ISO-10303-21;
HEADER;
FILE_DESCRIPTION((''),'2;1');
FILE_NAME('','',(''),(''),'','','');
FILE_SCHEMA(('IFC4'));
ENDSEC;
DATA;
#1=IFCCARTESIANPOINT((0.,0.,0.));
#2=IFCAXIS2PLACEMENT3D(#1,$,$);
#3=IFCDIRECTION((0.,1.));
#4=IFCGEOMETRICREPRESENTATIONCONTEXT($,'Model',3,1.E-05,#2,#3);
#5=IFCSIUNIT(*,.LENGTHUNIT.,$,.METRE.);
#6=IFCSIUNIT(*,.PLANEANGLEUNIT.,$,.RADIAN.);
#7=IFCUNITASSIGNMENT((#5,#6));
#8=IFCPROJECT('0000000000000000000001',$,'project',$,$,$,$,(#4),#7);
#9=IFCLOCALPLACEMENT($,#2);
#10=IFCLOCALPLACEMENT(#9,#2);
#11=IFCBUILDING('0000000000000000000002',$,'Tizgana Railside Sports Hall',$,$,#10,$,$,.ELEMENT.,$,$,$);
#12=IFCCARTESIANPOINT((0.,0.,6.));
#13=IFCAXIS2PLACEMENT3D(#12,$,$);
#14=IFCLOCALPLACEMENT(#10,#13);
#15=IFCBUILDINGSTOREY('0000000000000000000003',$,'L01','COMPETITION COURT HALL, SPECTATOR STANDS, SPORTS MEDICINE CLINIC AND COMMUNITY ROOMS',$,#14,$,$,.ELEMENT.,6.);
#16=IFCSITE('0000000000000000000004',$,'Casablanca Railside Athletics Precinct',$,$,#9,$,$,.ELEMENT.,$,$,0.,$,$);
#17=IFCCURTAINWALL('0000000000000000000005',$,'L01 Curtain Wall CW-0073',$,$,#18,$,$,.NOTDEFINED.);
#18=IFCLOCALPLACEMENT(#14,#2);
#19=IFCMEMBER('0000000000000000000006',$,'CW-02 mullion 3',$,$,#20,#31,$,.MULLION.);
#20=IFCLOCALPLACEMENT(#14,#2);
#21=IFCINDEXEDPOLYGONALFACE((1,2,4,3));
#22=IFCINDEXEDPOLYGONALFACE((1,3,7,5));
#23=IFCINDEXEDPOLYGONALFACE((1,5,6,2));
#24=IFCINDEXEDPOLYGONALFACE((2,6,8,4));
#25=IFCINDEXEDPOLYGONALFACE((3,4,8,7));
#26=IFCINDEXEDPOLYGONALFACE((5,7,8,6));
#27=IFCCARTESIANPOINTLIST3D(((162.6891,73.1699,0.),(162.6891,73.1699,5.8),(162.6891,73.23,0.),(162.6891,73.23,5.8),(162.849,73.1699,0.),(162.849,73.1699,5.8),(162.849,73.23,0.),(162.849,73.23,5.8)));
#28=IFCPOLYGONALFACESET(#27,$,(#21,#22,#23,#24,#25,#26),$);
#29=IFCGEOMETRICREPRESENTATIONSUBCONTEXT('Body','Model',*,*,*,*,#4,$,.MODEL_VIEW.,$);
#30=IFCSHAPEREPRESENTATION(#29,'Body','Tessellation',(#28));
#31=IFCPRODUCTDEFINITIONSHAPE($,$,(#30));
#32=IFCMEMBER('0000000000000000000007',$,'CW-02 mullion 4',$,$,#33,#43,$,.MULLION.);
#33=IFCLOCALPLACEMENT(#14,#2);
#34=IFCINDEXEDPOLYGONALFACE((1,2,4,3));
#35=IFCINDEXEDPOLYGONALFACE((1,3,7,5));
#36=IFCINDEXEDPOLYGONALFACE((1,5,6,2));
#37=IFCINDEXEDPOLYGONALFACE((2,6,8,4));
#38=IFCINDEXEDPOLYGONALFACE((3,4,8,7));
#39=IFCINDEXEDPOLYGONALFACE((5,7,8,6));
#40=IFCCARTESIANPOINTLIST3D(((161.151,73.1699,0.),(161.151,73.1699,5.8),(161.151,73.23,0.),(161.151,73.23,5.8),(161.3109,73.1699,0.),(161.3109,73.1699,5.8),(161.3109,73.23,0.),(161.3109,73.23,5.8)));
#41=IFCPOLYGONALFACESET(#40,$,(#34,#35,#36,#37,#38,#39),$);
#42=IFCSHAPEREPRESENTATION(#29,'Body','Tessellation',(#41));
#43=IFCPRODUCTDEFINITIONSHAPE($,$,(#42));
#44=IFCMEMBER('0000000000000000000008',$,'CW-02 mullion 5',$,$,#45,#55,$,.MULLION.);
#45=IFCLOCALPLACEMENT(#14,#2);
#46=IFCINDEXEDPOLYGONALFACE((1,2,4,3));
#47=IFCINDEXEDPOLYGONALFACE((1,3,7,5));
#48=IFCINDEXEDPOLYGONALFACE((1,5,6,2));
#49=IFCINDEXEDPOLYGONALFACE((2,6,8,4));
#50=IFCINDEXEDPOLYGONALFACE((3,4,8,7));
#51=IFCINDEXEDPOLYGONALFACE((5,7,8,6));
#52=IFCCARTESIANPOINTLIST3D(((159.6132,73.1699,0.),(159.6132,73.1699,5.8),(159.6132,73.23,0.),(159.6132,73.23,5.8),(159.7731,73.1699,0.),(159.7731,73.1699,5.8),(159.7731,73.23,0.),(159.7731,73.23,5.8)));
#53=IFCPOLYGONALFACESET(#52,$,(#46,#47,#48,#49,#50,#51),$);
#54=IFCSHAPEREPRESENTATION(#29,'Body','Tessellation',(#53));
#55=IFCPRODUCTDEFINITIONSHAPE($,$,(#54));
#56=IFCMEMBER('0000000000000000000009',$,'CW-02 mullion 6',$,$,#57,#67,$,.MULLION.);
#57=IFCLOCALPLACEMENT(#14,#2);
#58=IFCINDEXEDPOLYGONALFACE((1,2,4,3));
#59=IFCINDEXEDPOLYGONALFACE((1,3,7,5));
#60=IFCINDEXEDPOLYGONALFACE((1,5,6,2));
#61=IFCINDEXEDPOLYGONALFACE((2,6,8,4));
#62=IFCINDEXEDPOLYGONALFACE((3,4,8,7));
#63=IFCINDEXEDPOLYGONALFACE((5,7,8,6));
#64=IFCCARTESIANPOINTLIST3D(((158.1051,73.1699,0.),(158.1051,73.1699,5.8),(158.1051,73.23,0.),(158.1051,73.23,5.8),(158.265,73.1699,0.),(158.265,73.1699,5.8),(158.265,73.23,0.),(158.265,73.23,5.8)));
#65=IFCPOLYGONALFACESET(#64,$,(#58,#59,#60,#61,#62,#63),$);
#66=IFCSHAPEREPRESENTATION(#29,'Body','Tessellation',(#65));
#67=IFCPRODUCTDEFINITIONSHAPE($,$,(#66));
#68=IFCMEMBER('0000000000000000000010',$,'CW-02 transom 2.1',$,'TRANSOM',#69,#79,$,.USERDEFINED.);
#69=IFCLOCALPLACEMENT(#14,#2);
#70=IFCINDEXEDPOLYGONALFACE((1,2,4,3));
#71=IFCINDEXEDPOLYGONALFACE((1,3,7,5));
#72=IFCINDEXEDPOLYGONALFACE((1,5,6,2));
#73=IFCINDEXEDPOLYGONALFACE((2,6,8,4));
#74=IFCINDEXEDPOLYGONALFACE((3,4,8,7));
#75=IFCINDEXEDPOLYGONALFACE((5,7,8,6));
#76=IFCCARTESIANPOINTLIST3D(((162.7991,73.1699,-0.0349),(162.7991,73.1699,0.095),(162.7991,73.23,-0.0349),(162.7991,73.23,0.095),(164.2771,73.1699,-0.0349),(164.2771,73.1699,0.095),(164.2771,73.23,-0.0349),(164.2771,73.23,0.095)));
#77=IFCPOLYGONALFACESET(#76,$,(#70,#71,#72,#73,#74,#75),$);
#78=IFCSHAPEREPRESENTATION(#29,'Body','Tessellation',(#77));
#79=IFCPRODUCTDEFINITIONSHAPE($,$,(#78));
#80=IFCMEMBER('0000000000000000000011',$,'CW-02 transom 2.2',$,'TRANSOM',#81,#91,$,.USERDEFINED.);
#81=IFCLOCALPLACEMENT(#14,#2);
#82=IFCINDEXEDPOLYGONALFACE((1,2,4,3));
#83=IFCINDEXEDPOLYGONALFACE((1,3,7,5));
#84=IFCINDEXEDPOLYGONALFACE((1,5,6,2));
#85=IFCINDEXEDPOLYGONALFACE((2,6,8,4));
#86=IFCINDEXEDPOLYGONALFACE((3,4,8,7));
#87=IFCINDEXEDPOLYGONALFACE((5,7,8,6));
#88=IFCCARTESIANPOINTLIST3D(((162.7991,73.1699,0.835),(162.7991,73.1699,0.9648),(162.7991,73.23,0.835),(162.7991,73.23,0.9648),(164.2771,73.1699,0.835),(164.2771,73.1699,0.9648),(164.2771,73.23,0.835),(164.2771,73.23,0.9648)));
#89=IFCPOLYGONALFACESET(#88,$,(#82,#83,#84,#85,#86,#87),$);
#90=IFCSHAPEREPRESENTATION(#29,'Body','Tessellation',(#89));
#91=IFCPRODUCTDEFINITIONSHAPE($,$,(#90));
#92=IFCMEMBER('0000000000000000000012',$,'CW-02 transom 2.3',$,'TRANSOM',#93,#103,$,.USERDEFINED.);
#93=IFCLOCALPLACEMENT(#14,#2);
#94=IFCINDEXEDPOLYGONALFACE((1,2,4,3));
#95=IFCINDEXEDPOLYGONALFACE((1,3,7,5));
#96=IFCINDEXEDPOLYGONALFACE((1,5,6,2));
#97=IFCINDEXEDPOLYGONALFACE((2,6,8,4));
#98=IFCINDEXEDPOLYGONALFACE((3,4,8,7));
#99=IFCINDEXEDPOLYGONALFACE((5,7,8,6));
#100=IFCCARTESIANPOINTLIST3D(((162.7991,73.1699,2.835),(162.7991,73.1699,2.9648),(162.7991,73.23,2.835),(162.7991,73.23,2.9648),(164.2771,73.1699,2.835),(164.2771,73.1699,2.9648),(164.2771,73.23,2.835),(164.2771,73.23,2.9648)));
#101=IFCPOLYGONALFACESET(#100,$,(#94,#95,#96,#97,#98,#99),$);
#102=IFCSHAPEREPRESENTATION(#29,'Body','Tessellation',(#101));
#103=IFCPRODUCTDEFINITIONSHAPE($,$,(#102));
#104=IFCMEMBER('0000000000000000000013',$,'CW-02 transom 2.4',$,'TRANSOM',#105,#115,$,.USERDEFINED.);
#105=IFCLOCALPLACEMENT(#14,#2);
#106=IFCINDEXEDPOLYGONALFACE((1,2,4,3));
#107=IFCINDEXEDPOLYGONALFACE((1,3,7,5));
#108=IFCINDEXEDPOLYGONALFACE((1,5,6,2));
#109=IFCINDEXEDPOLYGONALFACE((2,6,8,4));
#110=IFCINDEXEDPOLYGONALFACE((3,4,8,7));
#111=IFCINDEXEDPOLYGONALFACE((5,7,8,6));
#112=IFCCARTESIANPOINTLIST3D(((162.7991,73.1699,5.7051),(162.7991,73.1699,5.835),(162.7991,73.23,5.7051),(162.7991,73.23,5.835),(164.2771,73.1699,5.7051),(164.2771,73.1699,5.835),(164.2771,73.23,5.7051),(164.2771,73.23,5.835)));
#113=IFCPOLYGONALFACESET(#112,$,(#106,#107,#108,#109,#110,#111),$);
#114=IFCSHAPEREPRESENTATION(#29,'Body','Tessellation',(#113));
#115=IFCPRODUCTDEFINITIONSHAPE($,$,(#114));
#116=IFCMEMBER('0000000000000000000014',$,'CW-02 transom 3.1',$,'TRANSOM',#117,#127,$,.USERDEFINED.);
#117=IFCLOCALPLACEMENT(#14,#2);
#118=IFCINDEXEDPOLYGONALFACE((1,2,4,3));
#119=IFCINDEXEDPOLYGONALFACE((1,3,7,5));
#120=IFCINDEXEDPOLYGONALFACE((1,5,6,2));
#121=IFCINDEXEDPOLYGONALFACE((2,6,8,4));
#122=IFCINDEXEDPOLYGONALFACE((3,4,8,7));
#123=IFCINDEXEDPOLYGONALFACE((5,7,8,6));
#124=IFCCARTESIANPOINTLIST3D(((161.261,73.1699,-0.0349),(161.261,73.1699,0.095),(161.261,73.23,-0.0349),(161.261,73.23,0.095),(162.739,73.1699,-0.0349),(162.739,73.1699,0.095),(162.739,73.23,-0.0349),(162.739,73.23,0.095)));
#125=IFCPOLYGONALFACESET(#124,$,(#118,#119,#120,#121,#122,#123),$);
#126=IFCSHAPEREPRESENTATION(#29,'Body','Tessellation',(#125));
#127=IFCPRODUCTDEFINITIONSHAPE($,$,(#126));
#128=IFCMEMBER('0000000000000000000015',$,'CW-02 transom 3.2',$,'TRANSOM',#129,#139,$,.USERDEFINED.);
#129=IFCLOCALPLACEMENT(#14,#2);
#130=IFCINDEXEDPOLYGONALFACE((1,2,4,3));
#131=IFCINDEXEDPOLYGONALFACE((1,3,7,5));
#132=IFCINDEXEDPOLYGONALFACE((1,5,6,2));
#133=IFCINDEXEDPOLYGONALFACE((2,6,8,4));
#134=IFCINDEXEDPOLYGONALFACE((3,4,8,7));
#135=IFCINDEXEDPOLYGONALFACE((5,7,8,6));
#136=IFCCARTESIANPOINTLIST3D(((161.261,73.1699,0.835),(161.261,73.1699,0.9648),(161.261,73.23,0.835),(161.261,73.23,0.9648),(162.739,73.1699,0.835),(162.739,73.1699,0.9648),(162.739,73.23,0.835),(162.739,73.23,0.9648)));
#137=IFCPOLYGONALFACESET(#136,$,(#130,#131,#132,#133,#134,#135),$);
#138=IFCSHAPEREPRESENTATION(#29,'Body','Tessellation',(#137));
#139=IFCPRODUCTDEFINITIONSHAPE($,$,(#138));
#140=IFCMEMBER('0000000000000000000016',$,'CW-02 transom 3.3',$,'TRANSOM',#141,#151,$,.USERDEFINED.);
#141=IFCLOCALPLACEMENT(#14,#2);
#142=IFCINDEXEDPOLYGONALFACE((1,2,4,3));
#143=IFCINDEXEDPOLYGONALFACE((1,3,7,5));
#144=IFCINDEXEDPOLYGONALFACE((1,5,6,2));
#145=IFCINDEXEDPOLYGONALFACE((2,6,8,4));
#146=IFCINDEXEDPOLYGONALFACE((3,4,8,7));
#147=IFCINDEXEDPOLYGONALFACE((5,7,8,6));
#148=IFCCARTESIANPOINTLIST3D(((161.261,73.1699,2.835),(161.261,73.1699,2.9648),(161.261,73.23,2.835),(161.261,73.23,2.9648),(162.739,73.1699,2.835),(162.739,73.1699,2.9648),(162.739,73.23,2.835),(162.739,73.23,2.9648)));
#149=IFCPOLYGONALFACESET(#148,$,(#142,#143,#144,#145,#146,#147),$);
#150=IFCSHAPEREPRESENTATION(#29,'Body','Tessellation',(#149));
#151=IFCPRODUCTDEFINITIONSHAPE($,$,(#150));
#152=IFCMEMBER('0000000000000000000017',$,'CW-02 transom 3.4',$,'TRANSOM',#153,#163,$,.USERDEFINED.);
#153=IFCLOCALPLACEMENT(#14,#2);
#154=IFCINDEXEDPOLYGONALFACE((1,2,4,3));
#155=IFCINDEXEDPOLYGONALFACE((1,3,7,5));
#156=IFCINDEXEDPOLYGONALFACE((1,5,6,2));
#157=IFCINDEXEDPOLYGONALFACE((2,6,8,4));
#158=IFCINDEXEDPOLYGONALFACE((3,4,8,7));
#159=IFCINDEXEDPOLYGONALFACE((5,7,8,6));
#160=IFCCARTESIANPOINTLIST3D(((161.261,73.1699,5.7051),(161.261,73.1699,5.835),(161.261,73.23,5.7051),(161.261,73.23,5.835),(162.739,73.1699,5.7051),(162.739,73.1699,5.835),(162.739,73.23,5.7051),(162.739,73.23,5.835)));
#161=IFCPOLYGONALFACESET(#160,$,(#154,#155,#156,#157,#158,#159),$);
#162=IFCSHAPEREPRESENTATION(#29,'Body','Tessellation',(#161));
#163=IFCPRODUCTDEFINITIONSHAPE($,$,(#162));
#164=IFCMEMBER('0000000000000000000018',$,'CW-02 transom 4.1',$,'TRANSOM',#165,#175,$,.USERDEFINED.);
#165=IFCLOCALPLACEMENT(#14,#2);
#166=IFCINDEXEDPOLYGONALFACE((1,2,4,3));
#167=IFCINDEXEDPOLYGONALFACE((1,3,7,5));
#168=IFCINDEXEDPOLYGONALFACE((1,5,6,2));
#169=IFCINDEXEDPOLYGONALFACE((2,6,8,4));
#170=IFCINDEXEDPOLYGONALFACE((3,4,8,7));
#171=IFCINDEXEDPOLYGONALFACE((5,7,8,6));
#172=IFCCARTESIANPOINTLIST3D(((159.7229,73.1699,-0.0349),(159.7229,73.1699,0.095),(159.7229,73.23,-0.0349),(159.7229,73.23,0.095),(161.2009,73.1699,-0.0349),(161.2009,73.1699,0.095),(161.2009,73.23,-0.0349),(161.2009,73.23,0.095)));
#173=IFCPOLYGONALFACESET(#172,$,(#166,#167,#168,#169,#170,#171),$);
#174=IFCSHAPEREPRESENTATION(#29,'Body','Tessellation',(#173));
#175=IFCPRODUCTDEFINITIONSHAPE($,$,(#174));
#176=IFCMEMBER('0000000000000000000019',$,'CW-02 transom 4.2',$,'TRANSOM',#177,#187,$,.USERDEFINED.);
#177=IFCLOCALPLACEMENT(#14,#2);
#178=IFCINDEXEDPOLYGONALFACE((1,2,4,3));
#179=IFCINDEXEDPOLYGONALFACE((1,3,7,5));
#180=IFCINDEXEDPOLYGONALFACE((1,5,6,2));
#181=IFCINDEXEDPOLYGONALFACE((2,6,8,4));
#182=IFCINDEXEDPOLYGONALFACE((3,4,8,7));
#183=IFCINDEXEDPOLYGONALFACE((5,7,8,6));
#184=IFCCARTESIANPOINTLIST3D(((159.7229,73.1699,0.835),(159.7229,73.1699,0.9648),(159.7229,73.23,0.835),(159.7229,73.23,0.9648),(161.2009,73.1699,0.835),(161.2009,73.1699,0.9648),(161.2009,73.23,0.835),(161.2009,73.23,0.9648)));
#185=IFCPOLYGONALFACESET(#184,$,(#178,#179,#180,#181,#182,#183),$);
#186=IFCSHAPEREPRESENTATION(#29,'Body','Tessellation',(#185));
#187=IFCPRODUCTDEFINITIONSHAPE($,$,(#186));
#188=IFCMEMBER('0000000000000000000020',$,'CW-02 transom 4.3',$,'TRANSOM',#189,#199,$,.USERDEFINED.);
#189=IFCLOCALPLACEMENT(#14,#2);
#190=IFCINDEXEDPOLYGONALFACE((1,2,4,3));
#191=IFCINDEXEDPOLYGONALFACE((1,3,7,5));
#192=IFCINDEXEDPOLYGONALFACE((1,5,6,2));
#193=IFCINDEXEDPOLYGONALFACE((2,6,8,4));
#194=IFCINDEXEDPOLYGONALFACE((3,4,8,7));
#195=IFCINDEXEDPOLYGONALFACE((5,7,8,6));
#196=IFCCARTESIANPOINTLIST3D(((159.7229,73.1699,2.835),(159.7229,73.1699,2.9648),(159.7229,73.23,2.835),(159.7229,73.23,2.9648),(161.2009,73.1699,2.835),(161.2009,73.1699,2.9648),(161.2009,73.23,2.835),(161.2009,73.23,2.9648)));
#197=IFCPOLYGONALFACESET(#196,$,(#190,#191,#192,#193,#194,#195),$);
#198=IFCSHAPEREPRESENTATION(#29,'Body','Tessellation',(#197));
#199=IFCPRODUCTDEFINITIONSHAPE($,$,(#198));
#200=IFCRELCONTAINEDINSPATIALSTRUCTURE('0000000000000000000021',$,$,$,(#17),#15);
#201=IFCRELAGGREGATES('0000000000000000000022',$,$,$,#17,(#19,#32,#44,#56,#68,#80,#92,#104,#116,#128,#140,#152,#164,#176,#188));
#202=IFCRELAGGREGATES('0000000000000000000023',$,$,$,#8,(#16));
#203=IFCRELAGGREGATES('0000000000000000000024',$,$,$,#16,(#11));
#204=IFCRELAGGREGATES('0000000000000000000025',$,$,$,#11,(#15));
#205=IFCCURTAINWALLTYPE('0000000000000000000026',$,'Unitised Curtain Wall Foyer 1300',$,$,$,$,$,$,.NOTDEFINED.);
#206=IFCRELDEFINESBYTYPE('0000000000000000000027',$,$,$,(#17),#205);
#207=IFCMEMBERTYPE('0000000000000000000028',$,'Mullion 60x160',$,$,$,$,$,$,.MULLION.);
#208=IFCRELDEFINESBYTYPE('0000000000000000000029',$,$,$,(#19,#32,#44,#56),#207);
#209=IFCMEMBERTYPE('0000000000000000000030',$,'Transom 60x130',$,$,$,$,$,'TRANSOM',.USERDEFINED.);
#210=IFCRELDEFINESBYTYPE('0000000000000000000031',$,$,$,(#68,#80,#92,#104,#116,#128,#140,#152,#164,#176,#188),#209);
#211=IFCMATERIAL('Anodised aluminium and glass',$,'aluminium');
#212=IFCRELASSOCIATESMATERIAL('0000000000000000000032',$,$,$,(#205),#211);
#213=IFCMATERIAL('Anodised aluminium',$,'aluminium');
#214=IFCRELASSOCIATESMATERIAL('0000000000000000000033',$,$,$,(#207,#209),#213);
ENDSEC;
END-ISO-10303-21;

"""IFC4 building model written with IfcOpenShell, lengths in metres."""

from ifc_helpers import new_model, si_unit, direction, frame, origin, origin_2d, place, context, subcontext, project, spatial, rectangle, extrude, material, material_profile, profile_set, type_object, element, aggregate, save


model = new_model("IFC4")

# Units and contexts
model_context = context("Model", 3, precision=1e-05, world=origin(), true_north=direction((0.0, 1.0)))
body_context = subcontext(model_context, "Body", "Model", "MODEL_VIEW")
ifc_project = project(units=[si_unit("LENGTHUNIT", "METRE"), si_unit("PLANEANGLEUNIT", "RADIAN")], contexts=[model_context])

# Site, building, storey
site_placement = place(None, origin())
site = spatial("IfcSite", under=ifc_project, at=site_placement, Name="Casablanca Railside Athletics Precinct", CompositionType="ELEMENT", RefElevation=0.0)
building_placement = place(site_placement, origin())
building = spatial("IfcBuilding", under=site, at=building_placement, Name="Tizgana Railside Sports Hall", CompositionType="ELEMENT")
storey_placement = place(building_placement, frame((0.0, 0.0, 6.0)))
storey = spatial("IfcBuildingStorey", under=building, at=storey_placement, Name="L01", Description="COMPETITION COURT HALL, SPECTATOR STANDS, SPORTS MEDICINE CLINIC AND COMMUNITY ROOMS", CompositionType="ELEMENT", Elevation=6.0)

# Curtain wall, members
ifc_material_1 = material(Name="Anodised aluminium and glass", Category="aluminium")
curtain_wall_type = type_object("IfcCurtainWallType", Name="Unitised Curtain Wall Foyer 1300", PredefinedType="NOTDEFINED", material=ifc_material_1)
curtain_wall_placement = place(storey_placement, origin())
curtain_wall = element("IfcCurtainWall", 1, at=curtain_wall_placement, inside=storey, type_object=curtain_wall_type, Name="L01 Curtain Wall CW-0073", PredefinedType="NOTDEFINED")
ifc_material_2 = material(Name="Anodised aluminium", Category="aluminium")
ifc_material_profile_1 = material_profile(ifc_material_2, rectangle(XDim=0.0601, YDim=0.1599, at=origin_2d()), Name="Mullion 60x160")
ifc_profile_set_1 = profile_set([ifc_material_profile_1], Name="Anodised aluminium")
member_type_1 = type_object("IfcMemberType", Name="Mullion 60x160", PredefinedType="MULLION", material=ifc_profile_set_1)
member_1_placement = place(storey_placement, frame((162.769, 73.2, 0.0), z_axis=(0.0, 0.0, 1.0), x_axis=(0.0, -1.0, 0.0)))
member_1 = element("IfcMember", 2, at=member_1_placement, type_object=member_type_1, Name="CW-02 mullion 3", PredefinedType="MULLION", context=body_context, shape_type="SweptSolid", body=[
    extrude(rectangle(XDim=0.0601, YDim=0.1599, at=origin_2d()), origin(), (0.0, 0.0, 1.0), 5.8),
])
member_2_placement = place(storey_placement, frame((161.231, 73.2, 0.0), z_axis=(0.0, 0.0, 1.0), x_axis=(0.0, -1.0, 0.0)))
member_2 = element("IfcMember", 3, at=member_2_placement, type_object=member_type_1, Name="CW-02 mullion 4", PredefinedType="MULLION", context=body_context, shape_type="SweptSolid", body=[
    extrude(rectangle(XDim=0.0601, YDim=0.1599, at=origin_2d()), origin(), (0.0, 0.0, 1.0), 5.8),
])
member_3_placement = place(storey_placement, frame((159.6931, 73.2, 0.0), z_axis=(0.0, 0.0, 1.0), x_axis=(0.0, -1.0, 0.0)))
member_3 = element("IfcMember", 4, at=member_3_placement, type_object=member_type_1, Name="CW-02 mullion 5", PredefinedType="MULLION", context=body_context, shape_type="SweptSolid", body=[
    extrude(rectangle(XDim=0.0601, YDim=0.1599, at=origin_2d()), origin(), (0.0, 0.0, 1.0), 5.8),
])
member_4_placement = place(storey_placement, frame((158.1851, 73.2, 0.0), z_axis=(0.0, 0.0, 1.0), x_axis=(0.0, -1.0, 0.0)))
member_4 = element("IfcMember", 5, at=member_4_placement, type_object=member_type_1, Name="CW-02 mullion 6", PredefinedType="MULLION", context=body_context, shape_type="SweptSolid", body=[
    extrude(rectangle(XDim=0.0601, YDim=0.1599, at=origin_2d()), origin(), (0.0, 0.0, 1.0), 5.8),
])
ifc_material_profile_2 = material_profile(ifc_material_2, rectangle(XDim=0.0601, YDim=0.1299, at=origin_2d()), Name="Transom 60x130")
ifc_profile_set_2 = profile_set([ifc_material_profile_2], Name="Anodised aluminium")
member_type_2 = type_object("IfcMemberType", Name="Transom 60x130", ElementType="TRANSOM", PredefinedType="USERDEFINED", material=ifc_profile_set_2)
member_5_placement = place(storey_placement, frame((164.2771, 73.2, 0.03), z_axis=(-1.0, 0.0, 0.0), x_axis=(0.0, -1.0, 0.0)))
member_5 = element("IfcMember", 6, at=member_5_placement, type_object=member_type_2, Name="CW-02 transom 2.1", ObjectType="TRANSOM", PredefinedType="USERDEFINED", context=body_context, shape_type="SweptSolid", body=[
    extrude(rectangle(XDim=0.0601, YDim=0.1299, at=origin_2d()), origin(), (0.0, 0.0, 1.0), 1.478),
])
member_6_placement = place(storey_placement, frame((164.2771, 73.2, 0.8999), z_axis=(-1.0, 0.0, 0.0), x_axis=(0.0, -1.0, 0.0)))
member_6 = element("IfcMember", 7, at=member_6_placement, type_object=member_type_2, Name="CW-02 transom 2.2", ObjectType="TRANSOM", PredefinedType="USERDEFINED", context=body_context, shape_type="SweptSolid", body=[
    extrude(rectangle(XDim=0.0601, YDim=0.1299, at=origin_2d()), origin(), (0.0, 0.0, 1.0), 1.478),
])
member_7_placement = place(storey_placement, frame((164.2771, 73.2, 2.8999), z_axis=(-1.0, 0.0, 0.0), x_axis=(0.0, -1.0, 0.0)))
member_7 = element("IfcMember", 8, at=member_7_placement, type_object=member_type_2, Name="CW-02 transom 2.3", ObjectType="TRANSOM", PredefinedType="USERDEFINED", context=body_context, shape_type="SweptSolid", body=[
    extrude(rectangle(XDim=0.0601, YDim=0.1299, at=origin_2d()), origin(), (0.0, 0.0, 1.0), 1.478),
])
member_8_placement = place(storey_placement, frame((164.2771, 73.2, 5.77), z_axis=(-1.0, 0.0, 0.0), x_axis=(0.0, -1.0, 0.0)))
member_8 = element("IfcMember", 9, at=member_8_placement, type_object=member_type_2, Name="CW-02 transom 2.4", ObjectType="TRANSOM", PredefinedType="USERDEFINED", context=body_context, shape_type="SweptSolid", body=[
    extrude(rectangle(XDim=0.0601, YDim=0.1299, at=origin_2d()), origin(), (0.0, 0.0, 1.0), 1.478),
])
member_9_placement = place(storey_placement, frame((162.739, 73.2, 0.03), z_axis=(-1.0, 0.0, 0.0), x_axis=(0.0, -1.0, 0.0)))
member_9 = element("IfcMember", 10, at=member_9_placement, type_object=member_type_2, Name="CW-02 transom 3.1", ObjectType="TRANSOM", PredefinedType="USERDEFINED", context=body_context, shape_type="SweptSolid", body=[
    extrude(rectangle(XDim=0.0601, YDim=0.1299, at=origin_2d()), origin(), (0.0, 0.0, 1.0), 1.478),
])
member_10_placement = place(storey_placement, frame((162.739, 73.2, 0.8999), z_axis=(-1.0, 0.0, 0.0), x_axis=(0.0, -1.0, 0.0)))
member_10 = element("IfcMember", 11, at=member_10_placement, type_object=member_type_2, Name="CW-02 transom 3.2", ObjectType="TRANSOM", PredefinedType="USERDEFINED", context=body_context, shape_type="SweptSolid", body=[
    extrude(rectangle(XDim=0.0601, YDim=0.1299, at=origin_2d()), origin(), (0.0, 0.0, 1.0), 1.478),
])
member_11_placement = place(storey_placement, frame((162.739, 73.2, 2.8999), z_axis=(-1.0, 0.0, 0.0), x_axis=(0.0, -1.0, 0.0)))
member_11 = element("IfcMember", 12, at=member_11_placement, type_object=member_type_2, Name="CW-02 transom 3.3", ObjectType="TRANSOM", PredefinedType="USERDEFINED", context=body_context, shape_type="SweptSolid", body=[
    extrude(rectangle(XDim=0.0601, YDim=0.1299, at=origin_2d()), origin(), (0.0, 0.0, 1.0), 1.478),
])
member_12_placement = place(storey_placement, frame((162.739, 73.2, 5.77), z_axis=(-1.0, 0.0, 0.0), x_axis=(0.0, -1.0, 0.0)))
member_12 = element("IfcMember", 13, at=member_12_placement, type_object=member_type_2, Name="CW-02 transom 3.4", ObjectType="TRANSOM", PredefinedType="USERDEFINED", context=body_context, shape_type="SweptSolid", body=[
    extrude(rectangle(XDim=0.0601, YDim=0.1299, at=origin_2d()), origin(), (0.0, 0.0, 1.0), 1.478),
])
member_13_placement = place(storey_placement, frame((161.2009, 73.2, 0.03), z_axis=(-1.0, 0.0, 0.0), x_axis=(0.0, -1.0, 0.0)))
member_13 = element("IfcMember", 14, at=member_13_placement, type_object=member_type_2, Name="CW-02 transom 4.1", ObjectType="TRANSOM", PredefinedType="USERDEFINED", context=body_context, shape_type="SweptSolid", body=[
    extrude(rectangle(XDim=0.0601, YDim=0.1299, at=origin_2d()), origin(), (0.0, 0.0, 1.0), 1.478),
])
member_14_placement = place(storey_placement, frame((161.2009, 73.2, 0.8999), z_axis=(-1.0, 0.0, 0.0), x_axis=(0.0, -1.0, 0.0)))
member_14 = element("IfcMember", 15, at=member_14_placement, type_object=member_type_2, Name="CW-02 transom 4.2", ObjectType="TRANSOM", PredefinedType="USERDEFINED", context=body_context, shape_type="SweptSolid", body=[
    extrude(rectangle(XDim=0.0601, YDim=0.1299, at=origin_2d()), origin(), (0.0, 0.0, 1.0), 1.478),
])
member_15_placement = place(storey_placement, frame((161.2009, 73.2, 2.8999), z_axis=(-1.0, 0.0, 0.0), x_axis=(0.0, -1.0, 0.0)))
member_15 = element("IfcMember", 16, at=member_15_placement, type_object=member_type_2, Name="CW-02 transom 4.3", ObjectType="TRANSOM", PredefinedType="USERDEFINED", context=body_context, shape_type="SweptSolid", body=[
    extrude(rectangle(XDim=0.0601, YDim=0.1299, at=origin_2d()), origin(), (0.0, 0.0, 1.0), 1.478),
])
aggregate(curtain_wall, [member_1, member_2, member_3, member_4, member_5, member_6, member_7, member_8, member_9, member_10, member_11, member_12, member_13, member_14, member_15])

save(model, "model.ifc")
